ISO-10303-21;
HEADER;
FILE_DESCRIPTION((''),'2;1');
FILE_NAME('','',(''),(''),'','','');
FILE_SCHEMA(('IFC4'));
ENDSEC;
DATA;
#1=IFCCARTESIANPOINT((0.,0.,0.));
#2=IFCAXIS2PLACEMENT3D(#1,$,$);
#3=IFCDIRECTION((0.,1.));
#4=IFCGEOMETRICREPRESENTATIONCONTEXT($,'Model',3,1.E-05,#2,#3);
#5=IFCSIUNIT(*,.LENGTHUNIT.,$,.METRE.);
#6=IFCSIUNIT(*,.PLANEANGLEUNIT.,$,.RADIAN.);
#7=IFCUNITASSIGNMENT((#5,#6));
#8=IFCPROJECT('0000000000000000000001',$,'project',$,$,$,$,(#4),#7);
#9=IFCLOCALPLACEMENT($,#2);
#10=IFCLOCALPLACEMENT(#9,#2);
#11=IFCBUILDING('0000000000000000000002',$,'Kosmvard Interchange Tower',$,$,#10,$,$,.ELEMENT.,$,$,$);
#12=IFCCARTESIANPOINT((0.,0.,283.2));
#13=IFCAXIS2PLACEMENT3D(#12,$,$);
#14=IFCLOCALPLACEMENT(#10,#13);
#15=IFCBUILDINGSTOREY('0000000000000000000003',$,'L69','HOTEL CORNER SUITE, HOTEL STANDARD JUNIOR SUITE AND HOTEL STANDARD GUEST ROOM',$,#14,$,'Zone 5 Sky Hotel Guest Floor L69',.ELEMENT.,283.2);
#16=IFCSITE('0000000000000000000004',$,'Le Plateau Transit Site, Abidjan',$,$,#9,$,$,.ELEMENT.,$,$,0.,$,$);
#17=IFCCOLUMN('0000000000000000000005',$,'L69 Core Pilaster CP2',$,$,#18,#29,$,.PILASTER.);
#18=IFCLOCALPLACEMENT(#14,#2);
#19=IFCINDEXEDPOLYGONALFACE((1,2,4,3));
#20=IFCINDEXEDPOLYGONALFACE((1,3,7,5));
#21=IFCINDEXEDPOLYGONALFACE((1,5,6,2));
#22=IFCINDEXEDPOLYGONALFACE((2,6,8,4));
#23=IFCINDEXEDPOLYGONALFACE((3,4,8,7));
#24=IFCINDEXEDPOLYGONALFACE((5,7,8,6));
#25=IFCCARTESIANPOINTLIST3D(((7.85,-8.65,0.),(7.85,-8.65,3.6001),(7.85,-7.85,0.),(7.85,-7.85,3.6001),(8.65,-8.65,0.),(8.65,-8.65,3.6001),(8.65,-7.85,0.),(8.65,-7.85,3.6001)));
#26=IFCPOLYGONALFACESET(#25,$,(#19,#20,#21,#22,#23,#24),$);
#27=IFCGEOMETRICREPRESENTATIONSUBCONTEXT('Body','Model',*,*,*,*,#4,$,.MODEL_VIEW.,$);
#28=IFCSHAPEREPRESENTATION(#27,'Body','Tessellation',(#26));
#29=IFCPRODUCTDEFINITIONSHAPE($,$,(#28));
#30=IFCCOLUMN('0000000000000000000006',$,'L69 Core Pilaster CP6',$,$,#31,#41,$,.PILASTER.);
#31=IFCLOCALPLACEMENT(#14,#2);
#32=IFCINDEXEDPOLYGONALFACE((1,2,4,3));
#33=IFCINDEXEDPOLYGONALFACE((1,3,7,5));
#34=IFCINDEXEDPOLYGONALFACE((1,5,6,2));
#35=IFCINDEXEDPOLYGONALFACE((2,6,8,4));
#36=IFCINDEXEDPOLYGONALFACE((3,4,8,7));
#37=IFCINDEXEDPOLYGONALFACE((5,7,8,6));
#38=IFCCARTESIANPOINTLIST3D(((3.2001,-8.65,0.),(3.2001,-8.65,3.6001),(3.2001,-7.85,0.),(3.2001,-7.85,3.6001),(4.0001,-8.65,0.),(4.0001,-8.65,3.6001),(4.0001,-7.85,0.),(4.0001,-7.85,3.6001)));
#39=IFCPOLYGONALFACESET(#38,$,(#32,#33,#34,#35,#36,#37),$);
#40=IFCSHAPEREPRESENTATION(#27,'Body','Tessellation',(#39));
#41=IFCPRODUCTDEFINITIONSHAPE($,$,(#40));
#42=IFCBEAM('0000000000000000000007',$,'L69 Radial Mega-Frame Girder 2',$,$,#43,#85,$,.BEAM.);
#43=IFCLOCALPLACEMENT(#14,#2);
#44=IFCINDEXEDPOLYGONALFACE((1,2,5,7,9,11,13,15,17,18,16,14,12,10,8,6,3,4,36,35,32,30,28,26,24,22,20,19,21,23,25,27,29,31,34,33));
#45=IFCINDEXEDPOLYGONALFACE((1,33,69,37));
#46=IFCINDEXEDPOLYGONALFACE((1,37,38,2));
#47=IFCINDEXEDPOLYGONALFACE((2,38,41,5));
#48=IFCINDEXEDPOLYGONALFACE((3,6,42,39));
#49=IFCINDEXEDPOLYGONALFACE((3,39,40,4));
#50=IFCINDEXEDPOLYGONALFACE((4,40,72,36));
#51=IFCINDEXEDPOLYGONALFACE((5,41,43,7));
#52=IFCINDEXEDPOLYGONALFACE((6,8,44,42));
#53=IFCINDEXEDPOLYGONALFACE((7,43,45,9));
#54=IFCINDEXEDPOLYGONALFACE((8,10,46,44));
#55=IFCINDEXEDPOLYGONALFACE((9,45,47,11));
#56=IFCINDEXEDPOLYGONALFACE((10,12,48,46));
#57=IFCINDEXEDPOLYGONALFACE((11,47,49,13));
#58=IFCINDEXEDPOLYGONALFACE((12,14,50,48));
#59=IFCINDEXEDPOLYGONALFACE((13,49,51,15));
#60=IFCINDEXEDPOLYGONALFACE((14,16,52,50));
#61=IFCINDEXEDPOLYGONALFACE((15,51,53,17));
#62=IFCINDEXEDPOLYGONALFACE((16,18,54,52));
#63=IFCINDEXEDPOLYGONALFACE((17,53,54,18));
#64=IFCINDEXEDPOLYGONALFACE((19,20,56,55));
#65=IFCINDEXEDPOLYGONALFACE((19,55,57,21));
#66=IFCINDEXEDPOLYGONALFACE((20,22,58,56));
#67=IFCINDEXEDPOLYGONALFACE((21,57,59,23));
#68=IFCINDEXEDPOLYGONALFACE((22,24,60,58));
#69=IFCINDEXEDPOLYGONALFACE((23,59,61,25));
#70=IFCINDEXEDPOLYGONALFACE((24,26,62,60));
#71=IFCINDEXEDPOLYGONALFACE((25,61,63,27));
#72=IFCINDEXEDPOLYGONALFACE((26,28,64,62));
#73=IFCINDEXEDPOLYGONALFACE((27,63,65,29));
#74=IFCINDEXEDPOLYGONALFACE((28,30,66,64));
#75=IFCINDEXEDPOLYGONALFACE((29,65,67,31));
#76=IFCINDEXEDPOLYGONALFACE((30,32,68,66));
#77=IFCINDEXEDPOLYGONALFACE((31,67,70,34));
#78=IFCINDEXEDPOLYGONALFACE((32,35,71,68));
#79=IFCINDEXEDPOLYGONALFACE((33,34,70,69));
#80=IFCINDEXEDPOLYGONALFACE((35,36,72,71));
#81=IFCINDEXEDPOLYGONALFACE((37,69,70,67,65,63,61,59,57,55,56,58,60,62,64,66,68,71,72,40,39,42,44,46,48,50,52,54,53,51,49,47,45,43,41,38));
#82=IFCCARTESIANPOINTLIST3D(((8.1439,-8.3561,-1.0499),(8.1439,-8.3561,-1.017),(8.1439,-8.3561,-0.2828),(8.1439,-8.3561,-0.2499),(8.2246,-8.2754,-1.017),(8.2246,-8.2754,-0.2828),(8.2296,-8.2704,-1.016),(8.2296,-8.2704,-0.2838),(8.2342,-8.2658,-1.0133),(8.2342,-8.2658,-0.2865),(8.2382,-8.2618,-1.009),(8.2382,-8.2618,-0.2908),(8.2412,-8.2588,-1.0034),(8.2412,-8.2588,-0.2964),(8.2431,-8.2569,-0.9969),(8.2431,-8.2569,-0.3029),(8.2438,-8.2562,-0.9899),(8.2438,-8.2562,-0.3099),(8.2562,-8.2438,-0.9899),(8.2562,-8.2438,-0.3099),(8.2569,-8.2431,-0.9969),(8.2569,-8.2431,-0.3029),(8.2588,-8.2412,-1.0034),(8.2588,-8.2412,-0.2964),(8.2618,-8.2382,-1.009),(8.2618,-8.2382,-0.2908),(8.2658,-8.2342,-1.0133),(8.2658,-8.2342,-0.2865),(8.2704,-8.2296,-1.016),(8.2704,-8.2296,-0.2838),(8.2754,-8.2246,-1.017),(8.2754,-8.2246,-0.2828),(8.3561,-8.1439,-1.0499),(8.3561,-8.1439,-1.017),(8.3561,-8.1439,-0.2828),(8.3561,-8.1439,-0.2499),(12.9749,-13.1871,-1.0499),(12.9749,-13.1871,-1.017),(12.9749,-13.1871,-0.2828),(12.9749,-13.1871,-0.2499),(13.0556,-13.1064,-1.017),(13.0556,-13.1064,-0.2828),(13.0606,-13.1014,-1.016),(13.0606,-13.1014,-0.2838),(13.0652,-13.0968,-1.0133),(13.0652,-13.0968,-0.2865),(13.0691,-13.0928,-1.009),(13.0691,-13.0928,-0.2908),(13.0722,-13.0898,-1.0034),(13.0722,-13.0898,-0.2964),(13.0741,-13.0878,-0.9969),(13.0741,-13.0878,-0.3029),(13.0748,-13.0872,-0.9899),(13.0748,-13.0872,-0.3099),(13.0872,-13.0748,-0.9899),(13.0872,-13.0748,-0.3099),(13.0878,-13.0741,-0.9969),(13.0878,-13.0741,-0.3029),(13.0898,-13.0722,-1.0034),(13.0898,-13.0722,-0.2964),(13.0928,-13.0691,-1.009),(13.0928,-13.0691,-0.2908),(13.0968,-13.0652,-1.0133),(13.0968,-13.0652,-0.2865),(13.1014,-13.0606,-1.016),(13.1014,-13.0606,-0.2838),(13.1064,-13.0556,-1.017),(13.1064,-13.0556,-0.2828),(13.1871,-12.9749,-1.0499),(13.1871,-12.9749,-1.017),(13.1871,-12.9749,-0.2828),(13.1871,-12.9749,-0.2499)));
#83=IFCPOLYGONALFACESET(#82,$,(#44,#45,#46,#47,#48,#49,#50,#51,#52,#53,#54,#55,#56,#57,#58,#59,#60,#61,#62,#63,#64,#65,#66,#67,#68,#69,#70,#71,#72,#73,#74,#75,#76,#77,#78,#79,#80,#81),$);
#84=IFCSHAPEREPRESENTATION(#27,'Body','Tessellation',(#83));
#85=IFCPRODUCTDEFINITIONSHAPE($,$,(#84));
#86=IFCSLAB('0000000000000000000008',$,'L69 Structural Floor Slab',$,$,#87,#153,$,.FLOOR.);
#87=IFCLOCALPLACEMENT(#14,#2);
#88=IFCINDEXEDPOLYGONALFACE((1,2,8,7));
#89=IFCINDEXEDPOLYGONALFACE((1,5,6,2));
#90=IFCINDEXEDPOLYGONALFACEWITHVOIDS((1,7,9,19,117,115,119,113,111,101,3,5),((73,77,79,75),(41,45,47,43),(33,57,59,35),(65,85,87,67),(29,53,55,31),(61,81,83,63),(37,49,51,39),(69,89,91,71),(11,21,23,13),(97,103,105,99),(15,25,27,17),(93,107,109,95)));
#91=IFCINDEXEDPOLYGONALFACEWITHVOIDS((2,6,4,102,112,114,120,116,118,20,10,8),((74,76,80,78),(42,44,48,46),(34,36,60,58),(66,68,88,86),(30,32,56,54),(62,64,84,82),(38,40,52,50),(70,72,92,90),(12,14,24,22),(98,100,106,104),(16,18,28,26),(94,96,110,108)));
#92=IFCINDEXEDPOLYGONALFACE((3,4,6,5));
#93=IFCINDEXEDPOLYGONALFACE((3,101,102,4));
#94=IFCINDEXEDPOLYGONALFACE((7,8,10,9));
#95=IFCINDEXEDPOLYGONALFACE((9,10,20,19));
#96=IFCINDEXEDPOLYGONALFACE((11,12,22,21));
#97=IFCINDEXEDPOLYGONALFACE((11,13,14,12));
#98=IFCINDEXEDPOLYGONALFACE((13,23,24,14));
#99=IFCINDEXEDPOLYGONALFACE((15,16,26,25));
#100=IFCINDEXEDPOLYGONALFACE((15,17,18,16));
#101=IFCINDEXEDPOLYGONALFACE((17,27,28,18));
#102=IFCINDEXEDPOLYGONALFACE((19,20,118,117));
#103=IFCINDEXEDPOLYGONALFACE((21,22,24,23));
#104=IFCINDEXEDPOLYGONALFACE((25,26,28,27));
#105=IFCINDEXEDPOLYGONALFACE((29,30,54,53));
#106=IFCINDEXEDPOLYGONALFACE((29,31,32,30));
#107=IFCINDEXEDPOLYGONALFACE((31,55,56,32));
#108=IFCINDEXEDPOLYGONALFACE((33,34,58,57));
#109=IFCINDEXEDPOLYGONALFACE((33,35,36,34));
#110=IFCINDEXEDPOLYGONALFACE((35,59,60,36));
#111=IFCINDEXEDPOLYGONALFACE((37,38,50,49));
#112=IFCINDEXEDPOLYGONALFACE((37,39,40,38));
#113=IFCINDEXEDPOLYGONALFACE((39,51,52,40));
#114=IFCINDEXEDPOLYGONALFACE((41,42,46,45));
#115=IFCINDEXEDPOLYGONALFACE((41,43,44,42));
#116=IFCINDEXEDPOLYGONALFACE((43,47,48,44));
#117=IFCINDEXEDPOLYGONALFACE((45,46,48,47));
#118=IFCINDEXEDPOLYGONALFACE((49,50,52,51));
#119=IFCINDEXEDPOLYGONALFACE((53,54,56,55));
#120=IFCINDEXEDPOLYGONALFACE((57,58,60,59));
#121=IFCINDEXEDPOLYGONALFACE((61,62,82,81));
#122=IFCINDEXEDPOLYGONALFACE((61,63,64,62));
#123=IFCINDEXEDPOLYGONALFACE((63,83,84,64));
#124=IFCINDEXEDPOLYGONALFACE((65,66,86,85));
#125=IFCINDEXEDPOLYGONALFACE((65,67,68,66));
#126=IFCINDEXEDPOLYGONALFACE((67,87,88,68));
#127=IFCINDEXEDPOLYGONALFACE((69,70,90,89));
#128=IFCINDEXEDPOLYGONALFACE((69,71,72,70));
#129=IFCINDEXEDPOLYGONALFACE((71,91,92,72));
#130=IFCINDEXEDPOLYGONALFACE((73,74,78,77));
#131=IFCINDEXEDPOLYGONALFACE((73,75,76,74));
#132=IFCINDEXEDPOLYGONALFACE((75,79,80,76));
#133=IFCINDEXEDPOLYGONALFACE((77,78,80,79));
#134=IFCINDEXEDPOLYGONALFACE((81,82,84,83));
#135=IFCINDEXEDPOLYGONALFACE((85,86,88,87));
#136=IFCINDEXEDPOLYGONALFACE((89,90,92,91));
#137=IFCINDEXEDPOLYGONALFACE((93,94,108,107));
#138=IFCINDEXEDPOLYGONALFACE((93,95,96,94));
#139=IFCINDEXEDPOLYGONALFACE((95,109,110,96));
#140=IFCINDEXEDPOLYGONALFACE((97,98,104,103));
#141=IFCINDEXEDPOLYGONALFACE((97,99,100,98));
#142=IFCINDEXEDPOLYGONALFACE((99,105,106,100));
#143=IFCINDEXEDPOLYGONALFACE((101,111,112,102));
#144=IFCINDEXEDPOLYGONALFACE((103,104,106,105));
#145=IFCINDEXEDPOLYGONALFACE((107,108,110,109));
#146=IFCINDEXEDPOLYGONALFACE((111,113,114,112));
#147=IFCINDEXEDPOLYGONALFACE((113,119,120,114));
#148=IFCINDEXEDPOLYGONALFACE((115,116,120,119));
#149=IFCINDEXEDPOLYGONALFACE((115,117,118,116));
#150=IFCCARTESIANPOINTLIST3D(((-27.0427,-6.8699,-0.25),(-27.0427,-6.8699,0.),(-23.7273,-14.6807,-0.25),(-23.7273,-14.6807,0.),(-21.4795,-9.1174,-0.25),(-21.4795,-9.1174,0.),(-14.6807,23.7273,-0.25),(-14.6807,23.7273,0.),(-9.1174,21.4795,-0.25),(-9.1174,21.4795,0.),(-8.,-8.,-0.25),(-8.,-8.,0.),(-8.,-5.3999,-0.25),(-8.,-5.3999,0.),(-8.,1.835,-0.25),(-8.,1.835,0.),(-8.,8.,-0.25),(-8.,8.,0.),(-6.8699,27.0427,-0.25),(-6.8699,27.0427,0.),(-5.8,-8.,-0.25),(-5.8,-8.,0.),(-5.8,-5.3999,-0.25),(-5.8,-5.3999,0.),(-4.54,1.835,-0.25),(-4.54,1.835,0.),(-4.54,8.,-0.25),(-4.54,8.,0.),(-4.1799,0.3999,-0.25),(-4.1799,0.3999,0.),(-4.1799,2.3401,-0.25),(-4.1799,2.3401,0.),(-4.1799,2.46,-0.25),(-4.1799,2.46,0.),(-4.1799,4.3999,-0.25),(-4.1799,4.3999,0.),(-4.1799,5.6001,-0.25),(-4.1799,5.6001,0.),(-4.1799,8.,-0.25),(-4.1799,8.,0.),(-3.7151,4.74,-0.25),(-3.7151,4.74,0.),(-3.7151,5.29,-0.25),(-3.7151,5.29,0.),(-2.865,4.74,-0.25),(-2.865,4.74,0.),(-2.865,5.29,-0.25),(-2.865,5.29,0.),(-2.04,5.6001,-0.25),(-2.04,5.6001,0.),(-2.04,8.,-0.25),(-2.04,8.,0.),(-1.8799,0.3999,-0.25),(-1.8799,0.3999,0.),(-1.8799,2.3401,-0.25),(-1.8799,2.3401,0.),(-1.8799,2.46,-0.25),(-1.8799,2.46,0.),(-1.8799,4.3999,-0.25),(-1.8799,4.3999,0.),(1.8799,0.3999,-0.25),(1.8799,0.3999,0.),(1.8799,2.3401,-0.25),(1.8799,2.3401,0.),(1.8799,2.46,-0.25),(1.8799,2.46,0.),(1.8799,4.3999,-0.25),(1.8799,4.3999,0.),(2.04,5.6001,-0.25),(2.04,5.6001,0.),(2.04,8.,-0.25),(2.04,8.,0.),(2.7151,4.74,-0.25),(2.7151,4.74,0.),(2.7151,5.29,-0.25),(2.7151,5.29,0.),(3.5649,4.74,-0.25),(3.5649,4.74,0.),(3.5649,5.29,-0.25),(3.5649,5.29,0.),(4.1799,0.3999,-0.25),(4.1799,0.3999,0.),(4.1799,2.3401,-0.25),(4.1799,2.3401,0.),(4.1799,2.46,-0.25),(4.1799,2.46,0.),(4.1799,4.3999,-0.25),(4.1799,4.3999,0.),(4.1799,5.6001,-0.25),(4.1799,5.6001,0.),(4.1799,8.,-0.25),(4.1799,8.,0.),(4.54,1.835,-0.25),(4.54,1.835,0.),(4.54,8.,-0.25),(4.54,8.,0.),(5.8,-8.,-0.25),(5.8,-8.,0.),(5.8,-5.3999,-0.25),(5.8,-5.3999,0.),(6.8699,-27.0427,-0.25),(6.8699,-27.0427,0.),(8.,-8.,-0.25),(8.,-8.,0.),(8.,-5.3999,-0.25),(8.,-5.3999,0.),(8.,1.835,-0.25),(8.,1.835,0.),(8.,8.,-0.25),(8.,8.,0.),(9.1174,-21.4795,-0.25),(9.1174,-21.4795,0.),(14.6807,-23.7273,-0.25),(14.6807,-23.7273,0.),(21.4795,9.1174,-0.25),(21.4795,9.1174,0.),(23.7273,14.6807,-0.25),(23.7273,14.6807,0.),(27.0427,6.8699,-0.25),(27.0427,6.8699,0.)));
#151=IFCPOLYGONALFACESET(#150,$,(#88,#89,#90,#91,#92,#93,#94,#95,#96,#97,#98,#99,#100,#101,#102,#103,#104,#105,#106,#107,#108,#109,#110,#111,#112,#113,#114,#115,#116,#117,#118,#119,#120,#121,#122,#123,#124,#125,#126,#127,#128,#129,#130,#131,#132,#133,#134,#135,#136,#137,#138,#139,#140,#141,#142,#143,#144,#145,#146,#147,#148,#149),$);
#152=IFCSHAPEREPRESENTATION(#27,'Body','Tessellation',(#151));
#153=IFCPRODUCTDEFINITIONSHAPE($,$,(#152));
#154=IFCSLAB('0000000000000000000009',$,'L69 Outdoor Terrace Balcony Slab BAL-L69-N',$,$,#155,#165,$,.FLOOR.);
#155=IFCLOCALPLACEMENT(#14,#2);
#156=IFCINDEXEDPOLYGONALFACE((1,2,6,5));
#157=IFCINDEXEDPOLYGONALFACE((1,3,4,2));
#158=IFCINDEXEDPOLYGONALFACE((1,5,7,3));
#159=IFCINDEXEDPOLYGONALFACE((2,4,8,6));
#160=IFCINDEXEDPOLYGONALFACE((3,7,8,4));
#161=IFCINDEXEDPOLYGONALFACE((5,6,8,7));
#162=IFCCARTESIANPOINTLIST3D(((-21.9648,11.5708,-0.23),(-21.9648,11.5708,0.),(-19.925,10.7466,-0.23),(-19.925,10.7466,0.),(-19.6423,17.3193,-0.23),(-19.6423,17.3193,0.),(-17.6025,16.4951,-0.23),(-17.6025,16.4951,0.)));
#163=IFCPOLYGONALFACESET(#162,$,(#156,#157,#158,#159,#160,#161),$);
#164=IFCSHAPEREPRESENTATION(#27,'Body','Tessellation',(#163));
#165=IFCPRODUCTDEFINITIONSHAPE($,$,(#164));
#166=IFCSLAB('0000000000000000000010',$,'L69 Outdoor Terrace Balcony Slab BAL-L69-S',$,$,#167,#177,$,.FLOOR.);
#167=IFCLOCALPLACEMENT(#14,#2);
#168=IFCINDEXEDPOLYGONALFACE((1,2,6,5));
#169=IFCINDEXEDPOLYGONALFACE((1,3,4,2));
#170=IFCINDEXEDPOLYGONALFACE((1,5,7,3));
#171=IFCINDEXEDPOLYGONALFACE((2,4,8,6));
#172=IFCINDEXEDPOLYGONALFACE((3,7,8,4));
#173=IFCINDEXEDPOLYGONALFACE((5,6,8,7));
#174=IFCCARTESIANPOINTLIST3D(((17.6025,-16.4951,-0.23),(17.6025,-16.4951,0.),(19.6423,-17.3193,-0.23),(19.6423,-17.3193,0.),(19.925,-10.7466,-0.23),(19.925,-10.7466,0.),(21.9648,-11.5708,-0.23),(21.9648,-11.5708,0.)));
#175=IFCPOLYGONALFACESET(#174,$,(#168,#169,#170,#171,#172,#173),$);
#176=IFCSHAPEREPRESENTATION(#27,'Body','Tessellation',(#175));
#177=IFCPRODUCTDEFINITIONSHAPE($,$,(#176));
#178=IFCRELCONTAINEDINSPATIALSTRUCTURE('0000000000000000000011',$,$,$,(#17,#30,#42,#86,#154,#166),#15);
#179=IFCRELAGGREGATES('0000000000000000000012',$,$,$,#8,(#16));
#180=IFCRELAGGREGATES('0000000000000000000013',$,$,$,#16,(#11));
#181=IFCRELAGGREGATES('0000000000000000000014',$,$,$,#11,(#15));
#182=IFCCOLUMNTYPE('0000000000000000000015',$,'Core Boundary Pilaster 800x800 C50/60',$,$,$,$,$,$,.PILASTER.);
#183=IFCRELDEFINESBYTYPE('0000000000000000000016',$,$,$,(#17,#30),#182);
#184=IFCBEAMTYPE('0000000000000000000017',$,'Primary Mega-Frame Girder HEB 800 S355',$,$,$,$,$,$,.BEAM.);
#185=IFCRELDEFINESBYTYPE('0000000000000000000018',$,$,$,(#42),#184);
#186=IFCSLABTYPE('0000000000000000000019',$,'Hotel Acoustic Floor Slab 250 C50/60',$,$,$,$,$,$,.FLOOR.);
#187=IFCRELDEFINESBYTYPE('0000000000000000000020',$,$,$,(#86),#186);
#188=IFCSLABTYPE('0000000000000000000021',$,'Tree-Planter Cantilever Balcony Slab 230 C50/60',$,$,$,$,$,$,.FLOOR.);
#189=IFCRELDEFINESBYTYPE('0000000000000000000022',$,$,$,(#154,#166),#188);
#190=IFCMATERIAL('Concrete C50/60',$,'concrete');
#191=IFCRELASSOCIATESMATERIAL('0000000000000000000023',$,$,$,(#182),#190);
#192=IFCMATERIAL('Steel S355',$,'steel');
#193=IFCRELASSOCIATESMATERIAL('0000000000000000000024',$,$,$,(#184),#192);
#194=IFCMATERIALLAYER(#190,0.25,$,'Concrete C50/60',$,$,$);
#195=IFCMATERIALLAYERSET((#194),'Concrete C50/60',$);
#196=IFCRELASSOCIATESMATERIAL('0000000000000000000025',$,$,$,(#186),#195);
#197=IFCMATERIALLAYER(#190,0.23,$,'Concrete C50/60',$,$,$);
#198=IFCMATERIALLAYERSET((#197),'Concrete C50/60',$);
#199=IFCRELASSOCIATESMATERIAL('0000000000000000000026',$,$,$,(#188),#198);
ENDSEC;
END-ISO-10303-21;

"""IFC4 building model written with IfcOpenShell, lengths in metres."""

from ifc_helpers import new_model, si_unit, direction, frame, origin, origin_2d, place, context, subcontext, project, spatial, polyline, rectangle, i_section, outline, extrude, source, transform, mapped, material, layer, layer_set, material_profile, profile_set, type_object, element, save


model = new_model("IFC4")

# Units and contexts
model_context = context("Model", 3, precision=1e-05, world=origin(), true_north=direction((0.0, 1.0)))
body_context = subcontext(model_context, "Body", "Model", "MODEL_VIEW")
ifc_project = project(units=[si_unit("LENGTHUNIT", "METRE"), si_unit("PLANEANGLEUNIT", "RADIAN")], contexts=[model_context])

# Site, building, storey
site_placement = place(None, origin())
site = spatial("IfcSite", under=ifc_project, at=site_placement, Name="Le Plateau Transit Site, Abidjan", CompositionType="ELEMENT", RefElevation=0.0)
building_placement = place(site_placement, origin())
building = spatial("IfcBuilding", under=site, at=building_placement, Name="Kosmvard Interchange Tower", CompositionType="ELEMENT")
storey_placement = place(building_placement, frame((0.0, 0.0, 283.2)))
storey = spatial("IfcBuildingStorey", under=building, at=storey_placement, Name="L69", Description="HOTEL CORNER SUITE, HOTEL STANDARD JUNIOR SUITE AND HOTEL STANDARD GUEST ROOM", LongName="Zone 5 Sky Hotel Guest Floor L69", CompositionType="ELEMENT", Elevation=283.2)

# Columns
ifc_material_1 = material(Name="Concrete C50/60", Category="concrete")
ifc_material_profile_1 = material_profile(ifc_material_1, rectangle(XDim=0.8, YDim=0.8, at=origin_2d()), Name="CP 800x800")
ifc_profile_set_1 = profile_set([ifc_material_profile_1], Name="Concrete C50/60")
column_type = type_object("IfcColumnType", Name="Core Boundary Pilaster 800x800 C50/60", PredefinedType="PILASTER", material=ifc_profile_set_1)
shared_shape_1 = source(origin(), body_context, "Body", "SweptSolid", [
    extrude(rectangle(XDim=0.8, YDim=0.8, at=origin_2d()), origin(), (0.0, 0.0, 1.0), 3.6001),
])
for number, where, z_axis, x_axis, name in (
    (1, (8.25, -8.25, 0.0), (0.0, 0.0, 1.0), (1.0, 0.0, 0.0), "L69 Core Pilaster CP2"),
    (2, (3.6001, -8.25, 0.0), (0.0, 0.0, 1.0), (1.0, 0.0, 0.0), "L69 Core Pilaster CP6"),
):
    element("IfcColumn", number, at=place(storey_placement, frame(where, z_axis=z_axis, x_axis=x_axis)), inside=storey, type_object=column_type, Name=name, PredefinedType="PILASTER", context=body_context, shape_type="MappedRepresentation", body=[
        mapped(shared_shape_1, transform((0.0, 0.0, 0.0), scale=1.0)),
    ])

# Beam
ifc_material_2 = material(Name="Steel S355", Category="steel")
ifc_material_profile_2 = material_profile(ifc_material_2, i_section(OverallWidth=0.3, OverallDepth=0.8, WebThickness=0.0176, FlangeThickness=0.033, FilletRadius=0.0271, at=origin_2d()), Name="HEB 800")
ifc_profile_set_2 = profile_set([ifc_material_profile_2], Name="Steel S355")
beam_type = type_object("IfcBeamType", Name="Primary Mega-Frame Girder HEB 800 S355", PredefinedType="BEAM", material=ifc_profile_set_2)
shared_shape_2 = source(origin(), body_context, "Body", "SweptSolid", [
    extrude(i_section(OverallWidth=0.3, OverallDepth=0.8, WebThickness=0.0176, FlangeThickness=0.033, FilletRadius=0.0271, at=origin_2d()), origin(), (0.0, 0.0, 1.0), 6.832),
])
beam_placement = place(storey_placement, frame((8.25, -8.25, -0.6499), z_axis=(0.707107, -0.707107, 0.0), x_axis=(0.707107, 0.707107, 0.0)))
element("IfcBeam", 3, at=beam_placement, inside=storey, type_object=beam_type, Name="L69 Radial Mega-Frame Girder 2", PredefinedType="BEAM", context=body_context, shape_type="MappedRepresentation", body=[
    mapped(shared_shape_2, transform((0.0, 0.0, 0.0), scale=1.0)),
])

# Slabs
ifc_layer_1 = layer(ifc_material_1, 0.25, Name="Concrete C50/60")
ifc_layer_set_1 = layer_set([ifc_layer_1], Name="Concrete C50/60")
slab_type_1 = type_object("IfcSlabType", Name="Hotel Acoustic Floor Slab 250 C50/60", PredefinedType="FLOOR", material=ifc_layer_set_1)
slab_1_placement = place(storey_placement, frame((0.0, 0.0, -0.25)))
element("IfcSlab", 4, at=slab_1_placement, inside=storey, type_object=slab_type_1, Name="L69 Structural Floor Slab", PredefinedType="FLOOR", context=body_context, shape_type="SweptSolid", body=[
    extrude(outline(polyline([(14.6807, -23.7273), (27.0427, 6.8699), (21.4795, 9.1174), (23.7273, 14.6807), (-6.8699, 27.0427), (-9.1174, 21.4795), (-14.6807, 23.7273), (-27.0427, -6.8699), (-21.4795, -9.1174), (-23.7273, -14.6807), (6.8699, -27.0427), (9.1174, -21.4795), (14.6807, -23.7273)]), holes=[polyline([(-8.0, 1.835), (-4.54, 1.835), (-4.54, 8.0), (-8.0, 8.0), (-8.0, 1.835)]), polyline([(4.54, 1.835), (8.0, 1.835), (8.0, 8.0), (4.54, 8.0), (4.54, 1.835)]), polyline([(-8.0, -8.0), (-5.8, -8.0), (-5.8, -5.3999), (-8.0, -5.3999), (-8.0, -8.0)]), polyline([(5.8, -8.0), (8.0, -8.0), (8.0, -5.3999), (5.8, -5.3999), (5.8, -8.0)]), polyline([(-4.1799, 0.3999), (-1.8799, 0.3999), (-1.8799, 2.3401), (-4.1799, 2.3401), (-4.1799, 0.3999)]), polyline([(-4.1799, 2.46), (-1.8799, 2.46), (-1.8799, 4.3999), (-4.1799, 4.3999), (-4.1799, 2.46)]), polyline([(1.8799, 0.3999), (4.1799, 0.3999), (4.1799, 2.3401), (1.8799, 2.3401), (1.8799, 0.3999)]), polyline([(1.8799, 2.46), (4.1799, 2.46), (4.1799, 4.3999), (1.8799, 4.3999), (1.8799, 2.46)]), polyline([(-4.1799, 5.6001), (-2.04, 5.6001), (-2.04, 8.0), (-4.1799, 8.0), (-4.1799, 5.6001)]), polyline([(2.04, 5.6001), (4.1799, 5.6001), (4.1799, 8.0), (2.04, 8.0), (2.04, 5.6001)]), polyline([(-3.7151, 4.74), (-2.865, 4.74), (-2.865, 5.29), (-3.7151, 5.29), (-3.7151, 4.74)]), polyline([(2.7151, 4.74), (3.5649, 4.74), (3.5649, 5.29), (2.7151, 5.29), (2.7151, 4.74)])]), origin(), (0.0, 0.0, 1.0), 0.25),
])
ifc_layer_2 = layer(ifc_material_1, 0.23, Name="Concrete C50/60")
ifc_layer_set_2 = layer_set([ifc_layer_2], Name="Concrete C50/60")
slab_type_2 = type_object("IfcSlabType", Name="Tree-Planter Cantilever Balcony Slab 230 C50/60", PredefinedType="FLOOR", material=ifc_layer_set_2)
slab_2_placement = place(storey_placement, frame((0.0, 0.0, -0.23)))
element("IfcSlab", 5, at=slab_2_placement, inside=storey, type_object=slab_type_2, Name="L69 Outdoor Terrace Balcony Slab BAL-L69-N", PredefinedType="FLOOR", context=body_context, shape_type="SweptSolid", body=[
    extrude(outline(polyline([(-19.925, 10.7466), (-17.6025, 16.4951), (-19.6423, 17.3193), (-21.9648, 11.5708), (-19.925, 10.7466)])), origin(), (0.0, 0.0, 1.0), 0.23),
])
slab_3_placement = place(storey_placement, frame((0.0, 0.0, -0.23)))
element("IfcSlab", 6, at=slab_3_placement, inside=storey, type_object=slab_type_2, Name="L69 Outdoor Terrace Balcony Slab BAL-L69-S", PredefinedType="FLOOR", context=body_context, shape_type="SweptSolid", body=[
    extrude(outline(polyline([(19.6423, -17.3193), (21.9648, -11.5708), (19.925, -10.7466), (17.6025, -16.4951), (19.6423, -17.3193)])), origin(), (0.0, 0.0, 1.0), 0.23),
])

save(model, "model.ifc")
